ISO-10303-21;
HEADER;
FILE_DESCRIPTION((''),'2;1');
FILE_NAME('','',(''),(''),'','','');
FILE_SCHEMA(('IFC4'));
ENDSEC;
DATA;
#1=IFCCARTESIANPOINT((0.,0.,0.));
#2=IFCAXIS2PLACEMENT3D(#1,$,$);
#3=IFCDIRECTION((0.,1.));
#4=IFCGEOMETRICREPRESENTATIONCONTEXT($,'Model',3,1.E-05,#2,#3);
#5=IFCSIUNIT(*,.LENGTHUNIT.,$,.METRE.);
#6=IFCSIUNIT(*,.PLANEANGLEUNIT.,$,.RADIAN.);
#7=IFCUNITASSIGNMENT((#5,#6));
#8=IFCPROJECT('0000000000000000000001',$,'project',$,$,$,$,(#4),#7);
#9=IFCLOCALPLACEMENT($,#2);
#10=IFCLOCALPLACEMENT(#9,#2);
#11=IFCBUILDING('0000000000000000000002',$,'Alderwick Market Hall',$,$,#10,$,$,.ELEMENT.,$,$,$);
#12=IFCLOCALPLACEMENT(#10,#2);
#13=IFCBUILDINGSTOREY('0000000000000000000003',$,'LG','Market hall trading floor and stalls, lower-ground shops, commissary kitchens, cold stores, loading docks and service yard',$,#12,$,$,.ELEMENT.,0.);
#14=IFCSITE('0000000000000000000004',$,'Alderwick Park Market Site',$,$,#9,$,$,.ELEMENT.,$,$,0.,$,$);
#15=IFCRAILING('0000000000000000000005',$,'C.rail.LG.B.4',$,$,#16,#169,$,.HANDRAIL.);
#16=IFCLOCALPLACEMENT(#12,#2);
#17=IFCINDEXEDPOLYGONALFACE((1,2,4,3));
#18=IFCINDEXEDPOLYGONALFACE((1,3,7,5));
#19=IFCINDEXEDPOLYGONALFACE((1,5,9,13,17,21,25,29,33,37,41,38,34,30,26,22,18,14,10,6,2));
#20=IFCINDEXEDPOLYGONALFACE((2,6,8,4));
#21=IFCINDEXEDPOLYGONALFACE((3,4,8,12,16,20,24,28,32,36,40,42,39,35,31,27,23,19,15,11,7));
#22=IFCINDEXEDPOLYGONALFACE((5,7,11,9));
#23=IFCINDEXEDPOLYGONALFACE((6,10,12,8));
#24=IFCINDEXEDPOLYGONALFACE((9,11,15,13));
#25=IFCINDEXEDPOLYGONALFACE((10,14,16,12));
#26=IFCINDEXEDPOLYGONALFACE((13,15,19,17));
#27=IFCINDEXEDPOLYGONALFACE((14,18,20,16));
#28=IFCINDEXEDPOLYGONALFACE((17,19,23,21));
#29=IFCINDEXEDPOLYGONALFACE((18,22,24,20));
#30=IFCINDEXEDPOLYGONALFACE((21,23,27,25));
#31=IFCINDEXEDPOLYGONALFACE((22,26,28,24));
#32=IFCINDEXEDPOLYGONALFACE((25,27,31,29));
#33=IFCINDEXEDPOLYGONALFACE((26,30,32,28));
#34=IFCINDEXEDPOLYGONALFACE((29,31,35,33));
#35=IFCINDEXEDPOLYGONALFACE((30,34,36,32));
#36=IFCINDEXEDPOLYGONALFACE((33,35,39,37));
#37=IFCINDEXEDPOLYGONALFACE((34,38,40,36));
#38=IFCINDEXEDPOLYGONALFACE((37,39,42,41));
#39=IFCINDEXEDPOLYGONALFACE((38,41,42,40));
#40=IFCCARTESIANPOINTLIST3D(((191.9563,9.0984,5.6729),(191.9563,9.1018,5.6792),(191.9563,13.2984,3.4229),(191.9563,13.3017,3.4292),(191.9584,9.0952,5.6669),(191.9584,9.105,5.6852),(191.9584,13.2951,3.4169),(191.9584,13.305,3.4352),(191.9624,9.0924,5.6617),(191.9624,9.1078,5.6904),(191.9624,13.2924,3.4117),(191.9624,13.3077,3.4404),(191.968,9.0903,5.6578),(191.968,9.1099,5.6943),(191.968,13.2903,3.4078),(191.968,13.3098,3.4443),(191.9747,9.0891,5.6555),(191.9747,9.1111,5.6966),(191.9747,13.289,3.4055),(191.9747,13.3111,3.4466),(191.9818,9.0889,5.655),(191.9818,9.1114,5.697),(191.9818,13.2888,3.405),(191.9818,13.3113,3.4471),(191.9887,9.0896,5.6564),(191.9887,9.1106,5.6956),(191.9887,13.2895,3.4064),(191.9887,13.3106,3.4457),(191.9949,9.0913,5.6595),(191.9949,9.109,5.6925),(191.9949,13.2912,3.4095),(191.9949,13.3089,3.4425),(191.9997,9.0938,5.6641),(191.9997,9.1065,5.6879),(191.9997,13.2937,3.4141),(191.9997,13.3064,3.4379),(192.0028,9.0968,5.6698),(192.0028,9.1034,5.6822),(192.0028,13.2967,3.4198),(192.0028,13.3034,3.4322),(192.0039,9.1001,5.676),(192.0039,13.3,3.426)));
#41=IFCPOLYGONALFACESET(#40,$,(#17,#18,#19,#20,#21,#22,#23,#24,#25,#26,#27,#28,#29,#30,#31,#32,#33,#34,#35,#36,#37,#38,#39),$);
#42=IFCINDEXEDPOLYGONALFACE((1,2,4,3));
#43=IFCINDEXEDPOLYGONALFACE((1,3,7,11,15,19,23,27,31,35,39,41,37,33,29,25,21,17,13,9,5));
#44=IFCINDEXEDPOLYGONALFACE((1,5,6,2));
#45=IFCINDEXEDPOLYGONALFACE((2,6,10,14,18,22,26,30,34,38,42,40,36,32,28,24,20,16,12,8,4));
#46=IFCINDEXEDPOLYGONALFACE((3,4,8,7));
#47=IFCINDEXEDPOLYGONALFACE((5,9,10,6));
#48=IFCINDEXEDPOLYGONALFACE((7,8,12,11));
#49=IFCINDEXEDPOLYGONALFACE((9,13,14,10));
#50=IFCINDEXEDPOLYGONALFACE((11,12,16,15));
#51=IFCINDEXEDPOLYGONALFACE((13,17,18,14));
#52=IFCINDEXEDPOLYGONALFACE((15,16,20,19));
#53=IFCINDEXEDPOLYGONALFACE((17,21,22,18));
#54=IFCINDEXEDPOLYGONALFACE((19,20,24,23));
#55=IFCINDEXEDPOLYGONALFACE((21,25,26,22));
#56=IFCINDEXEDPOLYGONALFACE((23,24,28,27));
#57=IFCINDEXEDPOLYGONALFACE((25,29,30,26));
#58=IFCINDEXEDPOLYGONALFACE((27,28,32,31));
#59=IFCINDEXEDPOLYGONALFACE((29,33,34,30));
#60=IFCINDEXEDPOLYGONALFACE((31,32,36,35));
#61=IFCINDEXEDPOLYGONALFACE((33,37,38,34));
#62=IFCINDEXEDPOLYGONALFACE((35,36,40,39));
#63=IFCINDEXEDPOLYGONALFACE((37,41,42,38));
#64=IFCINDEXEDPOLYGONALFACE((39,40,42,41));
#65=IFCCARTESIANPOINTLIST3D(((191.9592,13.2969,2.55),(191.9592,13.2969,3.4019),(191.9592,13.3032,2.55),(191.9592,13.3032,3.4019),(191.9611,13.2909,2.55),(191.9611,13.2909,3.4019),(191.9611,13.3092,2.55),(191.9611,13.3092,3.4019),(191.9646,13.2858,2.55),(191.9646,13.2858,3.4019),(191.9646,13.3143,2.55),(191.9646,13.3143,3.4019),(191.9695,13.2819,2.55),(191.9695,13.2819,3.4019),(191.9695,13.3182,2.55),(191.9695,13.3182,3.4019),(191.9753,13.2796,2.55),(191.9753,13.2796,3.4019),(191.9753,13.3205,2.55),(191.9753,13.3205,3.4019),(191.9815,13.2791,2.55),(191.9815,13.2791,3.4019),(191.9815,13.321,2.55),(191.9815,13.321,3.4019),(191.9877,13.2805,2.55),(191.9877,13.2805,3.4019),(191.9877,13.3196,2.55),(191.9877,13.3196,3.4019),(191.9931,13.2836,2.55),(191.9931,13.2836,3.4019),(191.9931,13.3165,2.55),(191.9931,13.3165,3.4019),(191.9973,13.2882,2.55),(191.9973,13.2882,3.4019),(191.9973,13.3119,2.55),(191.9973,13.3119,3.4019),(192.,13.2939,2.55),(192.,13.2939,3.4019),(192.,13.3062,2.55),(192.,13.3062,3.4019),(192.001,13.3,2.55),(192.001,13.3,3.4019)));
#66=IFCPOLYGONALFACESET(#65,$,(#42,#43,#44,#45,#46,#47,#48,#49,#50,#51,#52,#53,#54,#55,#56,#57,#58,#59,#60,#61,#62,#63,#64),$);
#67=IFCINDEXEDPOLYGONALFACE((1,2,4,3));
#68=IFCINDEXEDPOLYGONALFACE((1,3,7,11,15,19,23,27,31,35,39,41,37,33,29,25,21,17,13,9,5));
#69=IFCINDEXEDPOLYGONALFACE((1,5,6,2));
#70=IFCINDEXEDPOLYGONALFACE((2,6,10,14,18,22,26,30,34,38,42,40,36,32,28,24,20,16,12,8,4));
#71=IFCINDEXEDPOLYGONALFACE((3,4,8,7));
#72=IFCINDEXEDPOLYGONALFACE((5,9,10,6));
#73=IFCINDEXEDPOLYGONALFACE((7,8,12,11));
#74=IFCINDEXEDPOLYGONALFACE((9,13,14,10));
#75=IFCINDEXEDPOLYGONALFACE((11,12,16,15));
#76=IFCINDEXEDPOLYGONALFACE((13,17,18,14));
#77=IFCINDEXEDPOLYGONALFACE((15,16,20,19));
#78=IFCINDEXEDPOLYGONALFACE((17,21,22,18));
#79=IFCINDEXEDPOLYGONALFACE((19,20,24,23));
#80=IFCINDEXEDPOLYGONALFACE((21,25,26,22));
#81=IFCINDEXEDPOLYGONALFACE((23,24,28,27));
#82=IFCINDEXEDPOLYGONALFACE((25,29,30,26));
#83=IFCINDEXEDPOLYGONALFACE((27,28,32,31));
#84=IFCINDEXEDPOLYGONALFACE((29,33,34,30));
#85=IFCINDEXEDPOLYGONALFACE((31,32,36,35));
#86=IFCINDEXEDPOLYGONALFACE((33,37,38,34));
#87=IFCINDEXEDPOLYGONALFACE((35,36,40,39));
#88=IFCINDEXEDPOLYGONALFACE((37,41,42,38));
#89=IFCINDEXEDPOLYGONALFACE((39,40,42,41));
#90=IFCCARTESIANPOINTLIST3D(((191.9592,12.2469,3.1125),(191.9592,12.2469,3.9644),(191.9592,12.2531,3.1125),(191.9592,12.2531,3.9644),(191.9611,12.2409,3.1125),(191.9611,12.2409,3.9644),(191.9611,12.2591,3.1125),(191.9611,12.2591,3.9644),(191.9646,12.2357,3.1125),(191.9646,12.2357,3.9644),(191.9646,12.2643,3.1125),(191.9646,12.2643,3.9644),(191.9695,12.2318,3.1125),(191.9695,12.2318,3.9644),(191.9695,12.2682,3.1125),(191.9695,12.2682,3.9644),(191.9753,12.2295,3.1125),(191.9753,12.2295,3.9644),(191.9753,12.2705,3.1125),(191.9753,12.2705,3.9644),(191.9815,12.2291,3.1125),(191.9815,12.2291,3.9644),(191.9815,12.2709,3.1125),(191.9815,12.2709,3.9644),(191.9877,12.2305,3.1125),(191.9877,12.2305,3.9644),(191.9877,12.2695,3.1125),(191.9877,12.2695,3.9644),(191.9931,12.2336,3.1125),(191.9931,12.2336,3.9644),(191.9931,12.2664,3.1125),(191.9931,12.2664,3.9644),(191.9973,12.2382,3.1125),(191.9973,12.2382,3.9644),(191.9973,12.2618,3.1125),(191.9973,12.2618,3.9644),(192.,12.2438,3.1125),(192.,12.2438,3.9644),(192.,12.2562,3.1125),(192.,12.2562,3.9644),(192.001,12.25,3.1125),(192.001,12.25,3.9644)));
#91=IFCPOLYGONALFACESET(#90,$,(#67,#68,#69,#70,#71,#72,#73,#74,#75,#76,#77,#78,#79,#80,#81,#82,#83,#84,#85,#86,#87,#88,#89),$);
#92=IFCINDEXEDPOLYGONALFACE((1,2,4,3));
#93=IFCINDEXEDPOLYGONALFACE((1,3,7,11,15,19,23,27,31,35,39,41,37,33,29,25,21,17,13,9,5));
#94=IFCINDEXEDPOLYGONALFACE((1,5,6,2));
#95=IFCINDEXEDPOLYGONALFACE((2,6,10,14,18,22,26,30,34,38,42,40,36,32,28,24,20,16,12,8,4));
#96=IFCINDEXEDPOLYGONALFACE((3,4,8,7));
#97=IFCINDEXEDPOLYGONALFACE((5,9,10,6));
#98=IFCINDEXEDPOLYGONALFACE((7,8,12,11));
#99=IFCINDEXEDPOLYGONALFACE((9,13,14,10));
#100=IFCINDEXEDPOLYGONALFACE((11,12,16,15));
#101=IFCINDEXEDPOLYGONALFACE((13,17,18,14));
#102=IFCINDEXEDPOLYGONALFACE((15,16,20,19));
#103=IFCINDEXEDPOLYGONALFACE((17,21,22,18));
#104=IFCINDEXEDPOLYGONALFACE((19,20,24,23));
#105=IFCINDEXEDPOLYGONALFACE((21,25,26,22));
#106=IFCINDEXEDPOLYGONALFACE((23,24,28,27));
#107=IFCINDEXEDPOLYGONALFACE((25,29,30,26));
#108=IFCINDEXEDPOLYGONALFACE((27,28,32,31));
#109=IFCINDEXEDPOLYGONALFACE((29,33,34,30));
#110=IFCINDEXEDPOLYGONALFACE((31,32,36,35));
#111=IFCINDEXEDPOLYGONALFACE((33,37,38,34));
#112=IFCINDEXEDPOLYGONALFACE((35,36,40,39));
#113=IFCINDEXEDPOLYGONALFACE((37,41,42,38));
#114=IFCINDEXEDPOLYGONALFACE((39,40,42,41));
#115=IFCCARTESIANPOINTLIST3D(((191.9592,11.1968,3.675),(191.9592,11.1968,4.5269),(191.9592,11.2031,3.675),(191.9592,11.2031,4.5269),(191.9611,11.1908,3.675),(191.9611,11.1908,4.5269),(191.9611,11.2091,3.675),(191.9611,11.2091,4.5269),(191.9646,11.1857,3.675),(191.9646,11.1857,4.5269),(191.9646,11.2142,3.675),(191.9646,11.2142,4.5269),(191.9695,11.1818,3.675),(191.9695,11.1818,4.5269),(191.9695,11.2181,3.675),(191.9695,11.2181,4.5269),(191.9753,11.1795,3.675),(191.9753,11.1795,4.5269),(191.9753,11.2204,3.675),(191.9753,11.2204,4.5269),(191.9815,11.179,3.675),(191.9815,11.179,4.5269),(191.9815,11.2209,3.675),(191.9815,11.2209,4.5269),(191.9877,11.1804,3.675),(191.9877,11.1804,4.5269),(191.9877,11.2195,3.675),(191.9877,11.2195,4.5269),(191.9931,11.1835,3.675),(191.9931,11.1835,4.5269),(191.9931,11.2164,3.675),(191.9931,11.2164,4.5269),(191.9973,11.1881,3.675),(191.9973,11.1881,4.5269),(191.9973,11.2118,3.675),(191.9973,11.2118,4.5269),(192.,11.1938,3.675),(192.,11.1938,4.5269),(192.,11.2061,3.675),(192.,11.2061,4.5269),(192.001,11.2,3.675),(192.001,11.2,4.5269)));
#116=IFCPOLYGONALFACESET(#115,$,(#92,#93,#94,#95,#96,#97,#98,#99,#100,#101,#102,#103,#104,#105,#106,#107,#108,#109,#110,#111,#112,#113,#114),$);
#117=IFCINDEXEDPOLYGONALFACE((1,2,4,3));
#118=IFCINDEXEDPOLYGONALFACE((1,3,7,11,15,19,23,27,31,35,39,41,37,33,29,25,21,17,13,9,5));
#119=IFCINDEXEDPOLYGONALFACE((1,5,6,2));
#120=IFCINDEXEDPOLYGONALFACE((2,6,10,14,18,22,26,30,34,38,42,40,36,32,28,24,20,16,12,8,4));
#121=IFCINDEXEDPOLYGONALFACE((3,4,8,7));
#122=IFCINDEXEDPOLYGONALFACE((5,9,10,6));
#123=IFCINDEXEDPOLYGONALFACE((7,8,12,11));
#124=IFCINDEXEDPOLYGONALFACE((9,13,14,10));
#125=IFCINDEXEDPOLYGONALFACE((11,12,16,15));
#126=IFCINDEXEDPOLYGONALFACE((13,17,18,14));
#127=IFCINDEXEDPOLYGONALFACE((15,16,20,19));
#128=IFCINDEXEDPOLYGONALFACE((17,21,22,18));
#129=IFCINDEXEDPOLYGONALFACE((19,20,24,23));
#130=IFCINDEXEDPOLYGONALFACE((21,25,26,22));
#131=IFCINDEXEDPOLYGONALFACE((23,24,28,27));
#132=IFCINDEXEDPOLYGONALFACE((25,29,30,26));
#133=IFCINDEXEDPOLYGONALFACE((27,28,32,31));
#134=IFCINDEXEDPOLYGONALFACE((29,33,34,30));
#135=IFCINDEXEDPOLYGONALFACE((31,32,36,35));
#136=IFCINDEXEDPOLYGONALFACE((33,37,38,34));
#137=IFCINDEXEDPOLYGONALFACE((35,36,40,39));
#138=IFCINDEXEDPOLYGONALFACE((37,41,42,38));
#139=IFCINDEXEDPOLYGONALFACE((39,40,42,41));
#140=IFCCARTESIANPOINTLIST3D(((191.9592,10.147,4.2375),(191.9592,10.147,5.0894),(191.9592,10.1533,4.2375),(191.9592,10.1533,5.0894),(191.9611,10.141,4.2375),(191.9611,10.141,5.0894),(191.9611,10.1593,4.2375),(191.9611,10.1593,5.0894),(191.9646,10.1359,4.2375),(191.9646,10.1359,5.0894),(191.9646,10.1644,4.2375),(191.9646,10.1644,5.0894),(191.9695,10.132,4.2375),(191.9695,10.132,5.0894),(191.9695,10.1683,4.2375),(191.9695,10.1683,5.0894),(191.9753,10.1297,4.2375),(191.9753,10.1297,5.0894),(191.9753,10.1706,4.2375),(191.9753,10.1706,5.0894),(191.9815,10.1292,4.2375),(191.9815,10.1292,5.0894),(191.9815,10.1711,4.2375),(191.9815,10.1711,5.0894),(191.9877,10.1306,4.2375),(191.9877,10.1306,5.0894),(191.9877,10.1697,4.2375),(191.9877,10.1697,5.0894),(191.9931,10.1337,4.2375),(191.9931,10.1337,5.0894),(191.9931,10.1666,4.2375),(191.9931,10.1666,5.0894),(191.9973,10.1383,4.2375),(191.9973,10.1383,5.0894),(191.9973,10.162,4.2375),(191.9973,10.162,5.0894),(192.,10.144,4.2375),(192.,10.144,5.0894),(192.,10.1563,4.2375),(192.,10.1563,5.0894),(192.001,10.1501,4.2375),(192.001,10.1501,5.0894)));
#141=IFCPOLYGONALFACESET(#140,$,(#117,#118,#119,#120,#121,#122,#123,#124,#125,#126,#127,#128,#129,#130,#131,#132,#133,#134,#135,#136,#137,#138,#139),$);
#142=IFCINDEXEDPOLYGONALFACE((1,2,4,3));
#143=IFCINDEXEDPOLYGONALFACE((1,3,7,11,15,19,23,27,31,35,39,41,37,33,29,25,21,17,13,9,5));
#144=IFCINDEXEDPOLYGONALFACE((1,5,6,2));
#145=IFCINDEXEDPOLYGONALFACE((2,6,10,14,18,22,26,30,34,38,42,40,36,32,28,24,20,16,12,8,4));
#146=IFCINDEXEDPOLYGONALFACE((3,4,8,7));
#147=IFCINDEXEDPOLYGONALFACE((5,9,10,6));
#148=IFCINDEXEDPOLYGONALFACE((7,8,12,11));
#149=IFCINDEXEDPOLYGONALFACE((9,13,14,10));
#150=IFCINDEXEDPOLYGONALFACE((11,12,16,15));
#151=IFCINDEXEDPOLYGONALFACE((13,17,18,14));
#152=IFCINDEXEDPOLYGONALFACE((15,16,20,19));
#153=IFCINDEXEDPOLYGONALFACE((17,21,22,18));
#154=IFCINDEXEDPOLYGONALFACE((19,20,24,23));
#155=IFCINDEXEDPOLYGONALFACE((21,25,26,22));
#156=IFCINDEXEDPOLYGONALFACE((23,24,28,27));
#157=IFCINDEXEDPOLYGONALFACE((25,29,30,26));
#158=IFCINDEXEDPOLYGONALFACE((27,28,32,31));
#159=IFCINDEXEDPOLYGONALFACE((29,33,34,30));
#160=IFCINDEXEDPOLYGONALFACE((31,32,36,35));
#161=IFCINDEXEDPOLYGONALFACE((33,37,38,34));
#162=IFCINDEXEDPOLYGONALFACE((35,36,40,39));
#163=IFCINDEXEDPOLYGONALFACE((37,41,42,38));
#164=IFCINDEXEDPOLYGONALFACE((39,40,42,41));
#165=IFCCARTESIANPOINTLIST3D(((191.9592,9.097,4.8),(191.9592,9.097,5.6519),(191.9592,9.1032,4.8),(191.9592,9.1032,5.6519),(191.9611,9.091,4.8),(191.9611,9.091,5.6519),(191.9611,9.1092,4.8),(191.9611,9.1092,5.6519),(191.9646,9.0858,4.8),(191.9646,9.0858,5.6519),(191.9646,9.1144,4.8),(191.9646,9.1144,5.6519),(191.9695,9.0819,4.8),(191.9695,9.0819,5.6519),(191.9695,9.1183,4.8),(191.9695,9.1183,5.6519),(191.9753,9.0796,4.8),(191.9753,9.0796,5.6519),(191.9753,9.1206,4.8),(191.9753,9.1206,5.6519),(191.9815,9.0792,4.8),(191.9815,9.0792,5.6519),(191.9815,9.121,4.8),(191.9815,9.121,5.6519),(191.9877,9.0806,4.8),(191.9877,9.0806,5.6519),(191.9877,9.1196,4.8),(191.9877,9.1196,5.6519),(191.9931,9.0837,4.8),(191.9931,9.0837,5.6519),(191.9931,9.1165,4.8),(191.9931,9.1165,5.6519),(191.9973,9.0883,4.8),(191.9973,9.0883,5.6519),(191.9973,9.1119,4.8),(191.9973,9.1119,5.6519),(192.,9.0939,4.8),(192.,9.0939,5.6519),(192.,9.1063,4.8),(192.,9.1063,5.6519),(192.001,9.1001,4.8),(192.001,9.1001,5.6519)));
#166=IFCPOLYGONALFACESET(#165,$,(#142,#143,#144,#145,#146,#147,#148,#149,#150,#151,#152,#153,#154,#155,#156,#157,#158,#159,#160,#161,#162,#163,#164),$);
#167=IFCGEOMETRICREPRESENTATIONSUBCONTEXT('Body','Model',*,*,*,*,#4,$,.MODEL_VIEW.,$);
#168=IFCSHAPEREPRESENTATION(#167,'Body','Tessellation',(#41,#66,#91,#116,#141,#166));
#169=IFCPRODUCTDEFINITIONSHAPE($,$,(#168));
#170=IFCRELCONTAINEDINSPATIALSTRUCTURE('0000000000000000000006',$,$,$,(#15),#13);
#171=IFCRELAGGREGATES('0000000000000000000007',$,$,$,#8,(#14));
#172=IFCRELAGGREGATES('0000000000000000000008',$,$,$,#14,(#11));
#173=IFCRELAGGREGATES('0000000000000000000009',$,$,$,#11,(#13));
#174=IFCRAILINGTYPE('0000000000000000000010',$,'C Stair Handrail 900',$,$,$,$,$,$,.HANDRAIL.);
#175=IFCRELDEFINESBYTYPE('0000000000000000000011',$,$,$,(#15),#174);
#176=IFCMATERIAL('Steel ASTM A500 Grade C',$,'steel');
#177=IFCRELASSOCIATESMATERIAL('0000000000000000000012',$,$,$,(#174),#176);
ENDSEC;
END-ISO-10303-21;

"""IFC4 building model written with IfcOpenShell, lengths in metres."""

from ifc_helpers import new_model, si_unit, direction, frame, origin, origin_2d, place, context, subcontext, project, spatial, circle, extrude, material, type_object, element, save


model = new_model("IFC4")

# Units and contexts
model_context = context("Model", 3, precision=1e-05, world=origin(), true_north=direction((0.0, 1.0)))
body_context = subcontext(model_context, "Body", "Model", "MODEL_VIEW")
ifc_project = project(units=[si_unit("LENGTHUNIT", "METRE"), si_unit("PLANEANGLEUNIT", "RADIAN")], contexts=[model_context])

# Site, building, storey
site_placement = place(None, origin())
site = spatial("IfcSite", under=ifc_project, at=site_placement, Name="Alderwick Park Market Site", CompositionType="ELEMENT", RefElevation=0.0)
building_placement = place(site_placement, origin())
building = spatial("IfcBuilding", under=site, at=building_placement, Name="Alderwick Market Hall", CompositionType="ELEMENT")
storey_placement = place(building_placement, origin())
storey = spatial("IfcBuildingStorey", under=building, at=storey_placement, Name="LG", Description="Market hall trading floor and stalls, lower-ground shops, commissary kitchens, cold stores, loading docks and service yard", CompositionType="ELEMENT", Elevation=0.0)

# Railing
ifc_material_1 = material(Name="Steel ASTM A500 Grade C", Category="steel")
railing_type = type_object("IfcRailingType", Name="C Stair Handrail 900", PredefinedType="HANDRAIL", material=ifc_material_1)
for number, where, name in (
    (1, (191.98, 13.3, 2.55), "C.rail.LG.B.4"),
):
    element("IfcRailing", number, at=place(storey_placement, frame(where)), inside=storey, type_object=railing_type, Name=name, PredefinedType="HANDRAIL", context=body_context, shape_type="SweptSolid", body=[
        extrude(circle(Radius=0.0239, at=origin_2d()), frame((0.0, 0.0, 0.876), z_axis=(0.0, -0.881478, 0.472226), x_axis=(1.0, 0.0, 0.0)), (0.0, 0.0, 1.0), 4.7646),
        extrude(circle(Radius=0.021, at=origin_2d()), origin(), (0.0, 0.0, 1.0), 0.8518),
        extrude(circle(Radius=0.021, at=origin_2d()), frame((0.0, -1.05, 0.5625)), (0.0, 0.0, 1.0), 0.8518),
        extrude(circle(Radius=0.021, at=origin_2d()), frame((0.0, -2.1001, 1.125)), (0.0, 0.0, 1.0), 0.8518),
        extrude(circle(Radius=0.021, at=origin_2d()), frame((0.0, -3.1499, 1.6875)), (0.0, 0.0, 1.0), 0.8518),
        extrude(circle(Radius=0.021, at=origin_2d()), frame((0.0, -4.2, 2.25)), (0.0, 0.0, 1.0), 0.8518),
    ])

save(model, "model.ifc")
